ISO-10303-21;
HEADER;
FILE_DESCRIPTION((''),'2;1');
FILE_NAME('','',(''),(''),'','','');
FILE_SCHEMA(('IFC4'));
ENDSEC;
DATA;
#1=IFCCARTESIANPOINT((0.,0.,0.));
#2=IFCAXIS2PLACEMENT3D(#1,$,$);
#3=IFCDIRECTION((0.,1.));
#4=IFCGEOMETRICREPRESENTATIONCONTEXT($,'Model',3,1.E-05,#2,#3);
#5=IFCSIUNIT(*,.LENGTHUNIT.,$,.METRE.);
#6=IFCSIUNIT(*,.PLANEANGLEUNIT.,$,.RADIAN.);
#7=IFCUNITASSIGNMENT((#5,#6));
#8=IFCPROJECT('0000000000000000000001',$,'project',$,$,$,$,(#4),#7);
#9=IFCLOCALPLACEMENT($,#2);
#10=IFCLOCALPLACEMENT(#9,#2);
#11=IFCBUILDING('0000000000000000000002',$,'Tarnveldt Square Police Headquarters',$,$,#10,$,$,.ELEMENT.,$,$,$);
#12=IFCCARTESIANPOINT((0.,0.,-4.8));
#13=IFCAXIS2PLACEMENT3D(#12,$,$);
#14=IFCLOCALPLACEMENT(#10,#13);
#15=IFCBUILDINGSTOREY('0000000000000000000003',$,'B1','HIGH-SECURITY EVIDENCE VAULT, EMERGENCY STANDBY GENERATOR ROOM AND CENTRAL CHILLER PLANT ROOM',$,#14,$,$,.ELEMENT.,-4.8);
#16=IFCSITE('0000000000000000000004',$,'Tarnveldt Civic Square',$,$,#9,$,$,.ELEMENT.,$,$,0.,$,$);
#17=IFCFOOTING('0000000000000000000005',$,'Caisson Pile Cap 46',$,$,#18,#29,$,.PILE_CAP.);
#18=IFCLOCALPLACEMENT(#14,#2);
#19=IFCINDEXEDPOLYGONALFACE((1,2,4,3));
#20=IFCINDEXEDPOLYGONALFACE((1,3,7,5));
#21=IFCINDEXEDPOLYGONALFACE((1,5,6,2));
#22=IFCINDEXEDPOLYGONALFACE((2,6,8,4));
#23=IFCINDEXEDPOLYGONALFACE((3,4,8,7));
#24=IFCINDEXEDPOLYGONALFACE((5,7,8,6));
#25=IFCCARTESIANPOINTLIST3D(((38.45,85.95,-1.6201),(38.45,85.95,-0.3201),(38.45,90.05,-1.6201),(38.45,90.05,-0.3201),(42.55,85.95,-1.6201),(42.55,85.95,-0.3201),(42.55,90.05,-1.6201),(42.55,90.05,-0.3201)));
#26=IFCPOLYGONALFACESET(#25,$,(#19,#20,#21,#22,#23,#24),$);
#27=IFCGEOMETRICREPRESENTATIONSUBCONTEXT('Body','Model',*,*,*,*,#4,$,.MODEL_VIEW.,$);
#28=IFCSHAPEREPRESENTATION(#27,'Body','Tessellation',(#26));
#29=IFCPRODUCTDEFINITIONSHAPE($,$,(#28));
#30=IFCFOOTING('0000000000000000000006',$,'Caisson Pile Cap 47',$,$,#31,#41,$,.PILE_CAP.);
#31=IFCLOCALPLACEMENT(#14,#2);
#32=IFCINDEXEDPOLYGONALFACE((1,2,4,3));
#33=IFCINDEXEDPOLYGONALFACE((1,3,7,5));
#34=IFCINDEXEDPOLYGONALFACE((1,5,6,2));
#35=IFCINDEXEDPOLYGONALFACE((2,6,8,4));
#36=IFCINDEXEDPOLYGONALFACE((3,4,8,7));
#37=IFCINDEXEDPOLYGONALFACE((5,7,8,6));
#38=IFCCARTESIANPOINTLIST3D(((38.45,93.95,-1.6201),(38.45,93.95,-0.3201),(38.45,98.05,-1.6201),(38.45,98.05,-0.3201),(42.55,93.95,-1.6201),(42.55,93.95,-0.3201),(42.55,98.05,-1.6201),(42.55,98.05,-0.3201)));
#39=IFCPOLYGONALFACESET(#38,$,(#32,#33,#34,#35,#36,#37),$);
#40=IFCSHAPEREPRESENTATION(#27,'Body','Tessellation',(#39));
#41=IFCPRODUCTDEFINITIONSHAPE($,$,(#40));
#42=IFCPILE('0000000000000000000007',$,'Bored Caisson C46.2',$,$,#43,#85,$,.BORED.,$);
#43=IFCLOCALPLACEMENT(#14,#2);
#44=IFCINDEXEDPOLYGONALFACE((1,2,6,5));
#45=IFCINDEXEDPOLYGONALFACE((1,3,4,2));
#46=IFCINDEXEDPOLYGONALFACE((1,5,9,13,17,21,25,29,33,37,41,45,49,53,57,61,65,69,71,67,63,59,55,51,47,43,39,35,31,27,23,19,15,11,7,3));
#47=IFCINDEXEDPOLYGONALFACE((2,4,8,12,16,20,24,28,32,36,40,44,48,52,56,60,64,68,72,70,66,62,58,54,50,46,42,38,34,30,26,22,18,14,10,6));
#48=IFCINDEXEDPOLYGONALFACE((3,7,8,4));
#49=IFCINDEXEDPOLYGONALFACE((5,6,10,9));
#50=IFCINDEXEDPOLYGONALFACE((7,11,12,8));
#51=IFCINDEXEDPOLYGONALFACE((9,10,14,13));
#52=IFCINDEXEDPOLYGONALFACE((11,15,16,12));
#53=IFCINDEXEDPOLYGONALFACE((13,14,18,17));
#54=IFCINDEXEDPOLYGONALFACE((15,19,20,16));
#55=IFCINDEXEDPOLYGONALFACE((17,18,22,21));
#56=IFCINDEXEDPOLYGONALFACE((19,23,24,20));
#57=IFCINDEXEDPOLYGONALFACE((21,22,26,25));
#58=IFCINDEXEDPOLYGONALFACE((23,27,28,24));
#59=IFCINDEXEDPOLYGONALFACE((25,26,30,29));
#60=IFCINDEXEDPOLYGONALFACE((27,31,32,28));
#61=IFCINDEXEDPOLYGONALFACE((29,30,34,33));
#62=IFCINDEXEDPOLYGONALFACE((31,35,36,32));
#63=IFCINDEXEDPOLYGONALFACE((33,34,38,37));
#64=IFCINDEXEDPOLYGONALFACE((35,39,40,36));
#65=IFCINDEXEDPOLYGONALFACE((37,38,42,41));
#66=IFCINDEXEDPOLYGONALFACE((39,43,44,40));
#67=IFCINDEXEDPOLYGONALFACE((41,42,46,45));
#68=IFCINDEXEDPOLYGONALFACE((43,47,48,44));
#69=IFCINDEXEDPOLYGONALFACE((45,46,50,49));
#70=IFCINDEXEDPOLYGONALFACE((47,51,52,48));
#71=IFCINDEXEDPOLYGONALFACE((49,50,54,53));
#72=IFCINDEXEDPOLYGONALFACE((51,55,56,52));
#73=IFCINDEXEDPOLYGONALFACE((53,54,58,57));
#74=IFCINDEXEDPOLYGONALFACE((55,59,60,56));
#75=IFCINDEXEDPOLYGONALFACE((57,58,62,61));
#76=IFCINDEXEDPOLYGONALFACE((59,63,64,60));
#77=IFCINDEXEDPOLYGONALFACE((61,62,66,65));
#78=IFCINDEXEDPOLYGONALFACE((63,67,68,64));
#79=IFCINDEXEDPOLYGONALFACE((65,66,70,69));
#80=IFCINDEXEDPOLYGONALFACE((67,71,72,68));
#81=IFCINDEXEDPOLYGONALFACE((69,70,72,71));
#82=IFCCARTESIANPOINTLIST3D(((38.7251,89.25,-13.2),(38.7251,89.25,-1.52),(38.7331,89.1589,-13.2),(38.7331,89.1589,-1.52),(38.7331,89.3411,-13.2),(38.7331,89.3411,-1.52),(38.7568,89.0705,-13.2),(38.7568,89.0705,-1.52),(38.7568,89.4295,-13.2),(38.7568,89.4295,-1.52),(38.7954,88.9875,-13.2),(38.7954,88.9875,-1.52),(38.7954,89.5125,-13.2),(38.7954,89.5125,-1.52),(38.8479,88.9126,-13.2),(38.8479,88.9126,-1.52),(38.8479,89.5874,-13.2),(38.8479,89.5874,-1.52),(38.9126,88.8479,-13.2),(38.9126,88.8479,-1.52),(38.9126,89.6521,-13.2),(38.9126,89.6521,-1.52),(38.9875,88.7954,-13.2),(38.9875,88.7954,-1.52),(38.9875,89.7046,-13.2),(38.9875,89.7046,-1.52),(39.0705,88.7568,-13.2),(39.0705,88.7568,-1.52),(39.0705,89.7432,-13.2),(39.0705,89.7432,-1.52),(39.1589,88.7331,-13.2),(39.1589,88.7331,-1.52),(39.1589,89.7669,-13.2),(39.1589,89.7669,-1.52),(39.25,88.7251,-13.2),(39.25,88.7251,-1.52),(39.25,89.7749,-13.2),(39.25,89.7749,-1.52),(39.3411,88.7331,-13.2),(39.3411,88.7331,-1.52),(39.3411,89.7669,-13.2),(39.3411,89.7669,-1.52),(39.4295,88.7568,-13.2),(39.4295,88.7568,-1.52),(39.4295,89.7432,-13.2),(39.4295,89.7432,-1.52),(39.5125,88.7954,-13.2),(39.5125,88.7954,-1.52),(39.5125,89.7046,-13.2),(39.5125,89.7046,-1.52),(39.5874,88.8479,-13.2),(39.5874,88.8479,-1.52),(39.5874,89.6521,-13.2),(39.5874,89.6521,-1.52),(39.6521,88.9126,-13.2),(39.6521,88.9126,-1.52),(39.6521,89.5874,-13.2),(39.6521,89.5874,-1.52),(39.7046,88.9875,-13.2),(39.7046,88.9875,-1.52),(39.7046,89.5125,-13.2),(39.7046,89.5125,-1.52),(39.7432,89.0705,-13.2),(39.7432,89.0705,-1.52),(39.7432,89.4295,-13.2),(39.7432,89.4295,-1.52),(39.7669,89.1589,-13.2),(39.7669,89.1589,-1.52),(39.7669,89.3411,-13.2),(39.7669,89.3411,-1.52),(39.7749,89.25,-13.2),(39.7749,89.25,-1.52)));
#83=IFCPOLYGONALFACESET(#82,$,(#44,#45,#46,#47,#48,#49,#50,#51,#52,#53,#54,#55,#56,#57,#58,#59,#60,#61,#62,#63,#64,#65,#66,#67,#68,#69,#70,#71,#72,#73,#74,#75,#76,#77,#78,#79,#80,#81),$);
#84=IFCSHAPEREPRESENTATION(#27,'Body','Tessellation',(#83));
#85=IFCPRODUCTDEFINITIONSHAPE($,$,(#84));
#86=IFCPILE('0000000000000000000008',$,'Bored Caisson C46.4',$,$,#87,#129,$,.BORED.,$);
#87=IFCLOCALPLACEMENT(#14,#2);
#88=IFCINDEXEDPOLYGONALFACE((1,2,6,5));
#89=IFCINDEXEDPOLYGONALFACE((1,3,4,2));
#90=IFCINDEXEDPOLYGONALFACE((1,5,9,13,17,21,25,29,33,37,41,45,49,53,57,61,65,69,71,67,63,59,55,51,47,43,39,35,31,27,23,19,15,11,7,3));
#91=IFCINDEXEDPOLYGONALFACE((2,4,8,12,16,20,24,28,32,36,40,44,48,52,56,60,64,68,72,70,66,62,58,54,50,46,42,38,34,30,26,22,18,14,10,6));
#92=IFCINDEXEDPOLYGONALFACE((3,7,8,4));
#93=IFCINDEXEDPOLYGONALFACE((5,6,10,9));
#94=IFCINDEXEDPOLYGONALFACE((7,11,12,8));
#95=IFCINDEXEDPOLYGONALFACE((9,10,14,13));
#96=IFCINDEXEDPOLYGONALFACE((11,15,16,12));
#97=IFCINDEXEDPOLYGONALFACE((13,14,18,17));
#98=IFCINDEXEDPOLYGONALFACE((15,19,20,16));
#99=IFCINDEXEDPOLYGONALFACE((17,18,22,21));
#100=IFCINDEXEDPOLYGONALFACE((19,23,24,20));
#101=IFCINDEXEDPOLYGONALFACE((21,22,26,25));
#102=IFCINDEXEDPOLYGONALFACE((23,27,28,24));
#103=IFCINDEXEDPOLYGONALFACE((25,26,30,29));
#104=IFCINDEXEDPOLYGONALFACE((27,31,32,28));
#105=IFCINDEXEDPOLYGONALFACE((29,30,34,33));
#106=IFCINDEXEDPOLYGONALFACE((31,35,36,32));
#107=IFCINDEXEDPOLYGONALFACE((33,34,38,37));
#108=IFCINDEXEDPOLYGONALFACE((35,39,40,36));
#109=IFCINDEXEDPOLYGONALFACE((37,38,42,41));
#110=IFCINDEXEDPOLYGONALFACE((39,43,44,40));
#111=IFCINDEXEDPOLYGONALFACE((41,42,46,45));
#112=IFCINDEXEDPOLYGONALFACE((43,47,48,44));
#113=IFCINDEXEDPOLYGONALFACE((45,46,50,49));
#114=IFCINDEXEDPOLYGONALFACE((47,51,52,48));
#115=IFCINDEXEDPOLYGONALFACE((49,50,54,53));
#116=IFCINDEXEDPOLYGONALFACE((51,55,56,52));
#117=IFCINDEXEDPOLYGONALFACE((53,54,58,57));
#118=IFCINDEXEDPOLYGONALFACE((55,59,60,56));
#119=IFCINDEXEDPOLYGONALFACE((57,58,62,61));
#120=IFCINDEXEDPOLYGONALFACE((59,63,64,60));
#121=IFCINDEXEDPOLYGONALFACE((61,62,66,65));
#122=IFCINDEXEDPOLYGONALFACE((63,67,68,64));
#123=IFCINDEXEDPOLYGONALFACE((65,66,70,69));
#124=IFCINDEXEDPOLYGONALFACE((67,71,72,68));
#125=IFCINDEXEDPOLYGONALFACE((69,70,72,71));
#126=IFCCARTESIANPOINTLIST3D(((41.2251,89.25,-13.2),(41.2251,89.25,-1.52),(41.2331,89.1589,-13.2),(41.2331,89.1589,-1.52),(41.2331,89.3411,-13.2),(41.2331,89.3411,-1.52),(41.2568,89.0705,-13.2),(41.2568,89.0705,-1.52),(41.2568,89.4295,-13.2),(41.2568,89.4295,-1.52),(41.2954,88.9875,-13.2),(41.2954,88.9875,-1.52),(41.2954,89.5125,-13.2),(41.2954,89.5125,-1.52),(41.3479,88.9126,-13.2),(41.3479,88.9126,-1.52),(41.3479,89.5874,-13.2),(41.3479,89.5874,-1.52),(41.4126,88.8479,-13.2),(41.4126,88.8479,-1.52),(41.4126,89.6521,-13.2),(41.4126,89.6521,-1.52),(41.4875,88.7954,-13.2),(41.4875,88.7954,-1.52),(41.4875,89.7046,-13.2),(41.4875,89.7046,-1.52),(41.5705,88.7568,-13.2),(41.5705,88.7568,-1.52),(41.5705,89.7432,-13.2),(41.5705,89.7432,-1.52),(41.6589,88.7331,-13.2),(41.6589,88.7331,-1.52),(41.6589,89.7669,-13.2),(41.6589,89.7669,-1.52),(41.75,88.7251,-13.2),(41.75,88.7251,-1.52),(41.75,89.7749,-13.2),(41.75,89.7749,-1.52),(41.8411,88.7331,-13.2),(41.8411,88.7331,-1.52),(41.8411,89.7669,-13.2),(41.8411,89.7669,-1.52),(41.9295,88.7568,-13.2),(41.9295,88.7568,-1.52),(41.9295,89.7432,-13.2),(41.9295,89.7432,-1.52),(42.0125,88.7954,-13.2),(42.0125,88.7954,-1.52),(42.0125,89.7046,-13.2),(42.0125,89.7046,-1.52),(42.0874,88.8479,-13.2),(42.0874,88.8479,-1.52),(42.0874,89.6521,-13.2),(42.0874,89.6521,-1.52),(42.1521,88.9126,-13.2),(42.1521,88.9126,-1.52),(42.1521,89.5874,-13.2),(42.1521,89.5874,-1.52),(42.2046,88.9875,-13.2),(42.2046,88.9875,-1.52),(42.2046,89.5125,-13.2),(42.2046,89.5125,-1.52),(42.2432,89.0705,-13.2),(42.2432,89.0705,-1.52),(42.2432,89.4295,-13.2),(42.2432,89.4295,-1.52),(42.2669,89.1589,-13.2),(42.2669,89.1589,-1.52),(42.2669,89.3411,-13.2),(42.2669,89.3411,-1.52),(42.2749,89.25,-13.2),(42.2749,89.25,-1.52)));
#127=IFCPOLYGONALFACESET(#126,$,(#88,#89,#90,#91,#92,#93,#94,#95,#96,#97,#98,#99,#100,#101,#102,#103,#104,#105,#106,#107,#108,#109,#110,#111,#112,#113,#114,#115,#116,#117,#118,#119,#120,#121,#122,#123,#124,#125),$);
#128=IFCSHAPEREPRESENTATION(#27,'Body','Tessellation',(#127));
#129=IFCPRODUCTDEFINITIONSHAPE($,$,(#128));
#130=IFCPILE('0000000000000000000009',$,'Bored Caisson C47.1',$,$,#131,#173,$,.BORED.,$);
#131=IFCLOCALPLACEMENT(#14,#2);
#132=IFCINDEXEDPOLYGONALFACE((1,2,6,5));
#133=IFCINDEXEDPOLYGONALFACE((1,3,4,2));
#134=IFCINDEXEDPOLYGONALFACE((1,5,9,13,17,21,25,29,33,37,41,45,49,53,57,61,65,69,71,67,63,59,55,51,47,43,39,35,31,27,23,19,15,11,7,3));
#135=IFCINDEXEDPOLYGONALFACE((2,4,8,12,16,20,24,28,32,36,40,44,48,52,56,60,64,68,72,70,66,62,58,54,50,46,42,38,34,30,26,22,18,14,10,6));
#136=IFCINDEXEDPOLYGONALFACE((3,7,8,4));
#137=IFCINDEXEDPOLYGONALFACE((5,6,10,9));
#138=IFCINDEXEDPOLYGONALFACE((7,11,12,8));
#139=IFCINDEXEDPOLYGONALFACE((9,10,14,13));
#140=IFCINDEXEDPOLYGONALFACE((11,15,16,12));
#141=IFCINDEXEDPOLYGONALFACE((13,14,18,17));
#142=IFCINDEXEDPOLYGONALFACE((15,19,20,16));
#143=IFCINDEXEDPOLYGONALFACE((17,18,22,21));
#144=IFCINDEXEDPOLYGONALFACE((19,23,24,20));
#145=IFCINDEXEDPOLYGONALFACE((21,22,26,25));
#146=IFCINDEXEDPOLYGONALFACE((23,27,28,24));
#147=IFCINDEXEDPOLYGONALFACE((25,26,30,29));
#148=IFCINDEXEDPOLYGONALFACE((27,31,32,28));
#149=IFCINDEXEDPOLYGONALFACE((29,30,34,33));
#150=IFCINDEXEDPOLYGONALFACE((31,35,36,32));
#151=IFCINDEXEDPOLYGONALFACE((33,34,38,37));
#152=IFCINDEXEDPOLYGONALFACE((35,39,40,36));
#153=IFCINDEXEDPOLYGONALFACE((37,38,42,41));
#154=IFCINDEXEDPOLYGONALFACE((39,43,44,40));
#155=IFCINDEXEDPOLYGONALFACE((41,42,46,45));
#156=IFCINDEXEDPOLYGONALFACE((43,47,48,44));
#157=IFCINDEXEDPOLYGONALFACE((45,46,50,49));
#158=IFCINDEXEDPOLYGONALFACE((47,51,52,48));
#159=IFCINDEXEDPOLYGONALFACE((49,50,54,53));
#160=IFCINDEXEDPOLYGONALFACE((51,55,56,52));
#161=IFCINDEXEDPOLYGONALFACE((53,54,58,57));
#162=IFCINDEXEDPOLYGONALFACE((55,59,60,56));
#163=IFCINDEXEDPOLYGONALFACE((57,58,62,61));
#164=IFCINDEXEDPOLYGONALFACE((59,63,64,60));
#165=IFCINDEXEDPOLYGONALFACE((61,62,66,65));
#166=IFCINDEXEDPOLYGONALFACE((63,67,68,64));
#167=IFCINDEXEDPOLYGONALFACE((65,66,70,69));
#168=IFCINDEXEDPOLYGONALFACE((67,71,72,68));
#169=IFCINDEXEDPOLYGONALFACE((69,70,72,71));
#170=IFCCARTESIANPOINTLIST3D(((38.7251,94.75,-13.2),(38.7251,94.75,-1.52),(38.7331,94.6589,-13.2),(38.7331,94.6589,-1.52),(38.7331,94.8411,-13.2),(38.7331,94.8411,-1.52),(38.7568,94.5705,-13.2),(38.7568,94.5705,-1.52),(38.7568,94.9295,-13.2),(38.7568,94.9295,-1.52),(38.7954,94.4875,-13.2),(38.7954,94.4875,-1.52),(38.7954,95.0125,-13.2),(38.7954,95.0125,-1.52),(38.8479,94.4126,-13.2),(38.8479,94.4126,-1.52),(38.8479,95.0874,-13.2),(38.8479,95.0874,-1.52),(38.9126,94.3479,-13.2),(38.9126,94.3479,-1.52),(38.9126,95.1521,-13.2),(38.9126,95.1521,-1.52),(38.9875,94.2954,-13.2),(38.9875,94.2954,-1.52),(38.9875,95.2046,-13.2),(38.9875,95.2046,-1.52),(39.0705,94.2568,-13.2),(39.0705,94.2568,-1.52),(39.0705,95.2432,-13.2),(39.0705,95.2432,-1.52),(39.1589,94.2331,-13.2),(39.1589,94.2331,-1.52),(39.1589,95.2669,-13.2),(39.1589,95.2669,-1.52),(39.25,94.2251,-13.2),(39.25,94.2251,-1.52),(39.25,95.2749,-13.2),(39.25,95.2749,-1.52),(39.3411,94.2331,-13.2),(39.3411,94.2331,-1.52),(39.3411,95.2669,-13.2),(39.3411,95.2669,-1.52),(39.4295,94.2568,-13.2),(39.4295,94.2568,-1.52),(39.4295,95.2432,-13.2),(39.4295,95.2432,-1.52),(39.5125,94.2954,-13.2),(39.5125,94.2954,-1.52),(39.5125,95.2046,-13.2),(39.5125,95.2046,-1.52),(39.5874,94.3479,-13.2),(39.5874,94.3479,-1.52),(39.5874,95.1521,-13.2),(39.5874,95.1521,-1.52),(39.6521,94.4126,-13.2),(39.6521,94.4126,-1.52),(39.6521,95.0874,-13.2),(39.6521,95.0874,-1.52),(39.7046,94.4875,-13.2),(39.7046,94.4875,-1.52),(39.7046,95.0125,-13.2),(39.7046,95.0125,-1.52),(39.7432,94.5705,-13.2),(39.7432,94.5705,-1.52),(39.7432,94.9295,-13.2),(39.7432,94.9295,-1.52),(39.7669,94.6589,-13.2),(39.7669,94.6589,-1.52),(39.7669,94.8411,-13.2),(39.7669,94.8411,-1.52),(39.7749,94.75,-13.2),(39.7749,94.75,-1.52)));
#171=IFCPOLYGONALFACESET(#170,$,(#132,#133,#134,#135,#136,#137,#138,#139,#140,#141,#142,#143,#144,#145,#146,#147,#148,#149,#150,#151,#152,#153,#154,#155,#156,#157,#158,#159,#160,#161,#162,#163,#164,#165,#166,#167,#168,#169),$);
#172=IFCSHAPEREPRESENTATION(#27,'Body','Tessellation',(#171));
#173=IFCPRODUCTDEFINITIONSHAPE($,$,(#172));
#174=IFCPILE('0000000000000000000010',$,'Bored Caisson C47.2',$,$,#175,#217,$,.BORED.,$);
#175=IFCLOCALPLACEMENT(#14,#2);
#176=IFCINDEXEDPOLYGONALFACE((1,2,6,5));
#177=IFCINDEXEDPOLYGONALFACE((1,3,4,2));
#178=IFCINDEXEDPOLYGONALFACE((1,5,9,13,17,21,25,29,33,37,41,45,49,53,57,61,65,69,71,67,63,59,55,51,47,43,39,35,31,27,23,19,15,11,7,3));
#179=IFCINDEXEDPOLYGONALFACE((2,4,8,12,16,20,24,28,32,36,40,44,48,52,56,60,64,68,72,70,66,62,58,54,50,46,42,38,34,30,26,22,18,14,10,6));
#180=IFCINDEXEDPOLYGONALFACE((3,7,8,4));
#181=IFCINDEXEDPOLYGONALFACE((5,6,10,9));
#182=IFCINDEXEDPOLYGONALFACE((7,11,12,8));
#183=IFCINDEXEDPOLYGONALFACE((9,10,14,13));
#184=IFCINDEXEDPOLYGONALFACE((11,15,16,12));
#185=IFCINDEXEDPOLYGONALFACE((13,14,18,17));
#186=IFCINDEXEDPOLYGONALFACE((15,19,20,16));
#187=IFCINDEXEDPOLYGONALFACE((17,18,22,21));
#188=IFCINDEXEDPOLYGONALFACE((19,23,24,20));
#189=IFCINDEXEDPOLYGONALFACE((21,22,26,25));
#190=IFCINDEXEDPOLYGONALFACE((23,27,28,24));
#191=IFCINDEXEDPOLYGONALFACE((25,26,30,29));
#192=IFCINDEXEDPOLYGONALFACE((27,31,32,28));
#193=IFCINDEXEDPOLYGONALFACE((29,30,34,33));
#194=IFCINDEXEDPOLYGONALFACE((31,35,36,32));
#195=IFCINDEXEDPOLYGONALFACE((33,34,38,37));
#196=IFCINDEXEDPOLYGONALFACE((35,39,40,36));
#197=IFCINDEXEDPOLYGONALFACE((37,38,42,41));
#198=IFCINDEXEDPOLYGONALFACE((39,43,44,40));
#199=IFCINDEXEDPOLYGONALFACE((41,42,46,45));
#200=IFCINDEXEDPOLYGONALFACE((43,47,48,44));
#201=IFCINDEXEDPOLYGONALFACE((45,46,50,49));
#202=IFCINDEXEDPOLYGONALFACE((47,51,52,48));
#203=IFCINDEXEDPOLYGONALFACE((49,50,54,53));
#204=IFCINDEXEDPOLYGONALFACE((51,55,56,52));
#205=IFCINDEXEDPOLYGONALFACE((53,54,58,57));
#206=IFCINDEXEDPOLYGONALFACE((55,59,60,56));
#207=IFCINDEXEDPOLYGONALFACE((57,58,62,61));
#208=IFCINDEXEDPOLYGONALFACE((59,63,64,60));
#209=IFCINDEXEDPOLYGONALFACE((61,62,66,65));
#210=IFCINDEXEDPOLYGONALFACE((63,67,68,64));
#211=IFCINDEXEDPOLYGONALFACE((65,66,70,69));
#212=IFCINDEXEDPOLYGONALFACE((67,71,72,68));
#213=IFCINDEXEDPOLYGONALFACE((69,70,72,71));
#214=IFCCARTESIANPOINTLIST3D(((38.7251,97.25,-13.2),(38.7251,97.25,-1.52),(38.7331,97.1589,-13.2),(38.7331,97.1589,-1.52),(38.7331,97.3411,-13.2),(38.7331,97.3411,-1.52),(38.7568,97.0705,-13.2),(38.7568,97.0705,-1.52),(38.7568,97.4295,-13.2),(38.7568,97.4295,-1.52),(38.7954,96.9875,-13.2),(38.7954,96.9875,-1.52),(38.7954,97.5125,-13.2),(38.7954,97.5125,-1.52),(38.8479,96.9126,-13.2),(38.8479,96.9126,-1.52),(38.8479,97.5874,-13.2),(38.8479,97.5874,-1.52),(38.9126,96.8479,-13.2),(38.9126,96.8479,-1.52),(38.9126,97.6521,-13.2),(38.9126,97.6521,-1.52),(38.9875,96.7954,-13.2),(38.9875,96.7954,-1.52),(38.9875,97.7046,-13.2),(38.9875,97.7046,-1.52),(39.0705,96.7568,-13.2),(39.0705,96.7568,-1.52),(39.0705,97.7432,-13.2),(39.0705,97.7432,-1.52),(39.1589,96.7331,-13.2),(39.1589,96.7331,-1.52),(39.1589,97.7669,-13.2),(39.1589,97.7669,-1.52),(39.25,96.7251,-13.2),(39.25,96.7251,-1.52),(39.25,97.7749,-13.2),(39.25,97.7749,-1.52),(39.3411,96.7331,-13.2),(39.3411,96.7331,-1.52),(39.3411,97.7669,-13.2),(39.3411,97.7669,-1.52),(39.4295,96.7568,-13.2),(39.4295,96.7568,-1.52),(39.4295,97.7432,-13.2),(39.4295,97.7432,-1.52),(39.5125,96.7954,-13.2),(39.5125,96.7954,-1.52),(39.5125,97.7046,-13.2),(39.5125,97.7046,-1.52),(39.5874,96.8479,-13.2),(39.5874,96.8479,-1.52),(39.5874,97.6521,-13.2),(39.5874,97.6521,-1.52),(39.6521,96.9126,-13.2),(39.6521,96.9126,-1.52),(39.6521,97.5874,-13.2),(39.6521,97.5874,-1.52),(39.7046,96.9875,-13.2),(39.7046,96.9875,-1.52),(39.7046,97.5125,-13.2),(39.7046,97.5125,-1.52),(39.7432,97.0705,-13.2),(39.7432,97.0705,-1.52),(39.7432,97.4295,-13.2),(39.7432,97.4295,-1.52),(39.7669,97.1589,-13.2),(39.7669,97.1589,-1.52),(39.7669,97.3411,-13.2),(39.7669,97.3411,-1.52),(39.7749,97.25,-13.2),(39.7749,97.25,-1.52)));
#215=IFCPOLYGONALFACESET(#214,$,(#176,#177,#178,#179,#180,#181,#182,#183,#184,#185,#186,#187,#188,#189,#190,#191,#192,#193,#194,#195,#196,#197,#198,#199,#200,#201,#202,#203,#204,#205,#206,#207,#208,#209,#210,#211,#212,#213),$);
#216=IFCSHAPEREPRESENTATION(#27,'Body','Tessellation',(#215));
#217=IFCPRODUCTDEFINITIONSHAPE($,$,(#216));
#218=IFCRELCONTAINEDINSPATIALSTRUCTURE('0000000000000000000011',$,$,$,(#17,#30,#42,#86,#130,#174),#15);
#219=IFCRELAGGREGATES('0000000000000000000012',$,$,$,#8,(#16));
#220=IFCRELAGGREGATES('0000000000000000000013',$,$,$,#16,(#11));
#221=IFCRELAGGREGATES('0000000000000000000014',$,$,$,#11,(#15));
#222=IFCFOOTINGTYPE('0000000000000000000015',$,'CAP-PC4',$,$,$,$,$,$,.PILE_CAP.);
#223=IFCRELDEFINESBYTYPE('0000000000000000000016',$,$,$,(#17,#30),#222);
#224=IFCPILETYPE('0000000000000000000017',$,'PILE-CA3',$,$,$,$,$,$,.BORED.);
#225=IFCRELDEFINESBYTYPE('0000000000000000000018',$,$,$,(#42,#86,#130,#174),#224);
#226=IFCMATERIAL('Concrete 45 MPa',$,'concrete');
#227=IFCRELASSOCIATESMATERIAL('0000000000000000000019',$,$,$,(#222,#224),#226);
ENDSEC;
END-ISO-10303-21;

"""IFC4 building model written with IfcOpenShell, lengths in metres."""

from ifc_helpers import new_model, si_unit, direction, frame, origin, origin_2d, place, context, subcontext, project, spatial, rectangle, circle, extrude, material, material_profile, profile_set, type_object, element, save


model = new_model("IFC4")

# Units and contexts
model_context = context("Model", 3, precision=1e-05, world=origin(), true_north=direction((0.0, 1.0)))
body_context = subcontext(model_context, "Body", "Model", "MODEL_VIEW")
ifc_project = project(units=[si_unit("LENGTHUNIT", "METRE"), si_unit("PLANEANGLEUNIT", "RADIAN")], contexts=[model_context])

# Site, building, storey
site_placement = place(None, origin())
site = spatial("IfcSite", under=ifc_project, at=site_placement, Name="Tarnveldt Civic Square", CompositionType="ELEMENT", RefElevation=0.0)
building_placement = place(site_placement, origin())
building = spatial("IfcBuilding", under=site, at=building_placement, Name="Tarnveldt Square Police Headquarters", CompositionType="ELEMENT")
storey_placement = place(building_placement, frame((0.0, 0.0, -4.8)))
storey = spatial("IfcBuildingStorey", under=building, at=storey_placement, Name="B1", Description="HIGH-SECURITY EVIDENCE VAULT, EMERGENCY STANDBY GENERATOR ROOM AND CENTRAL CHILLER PLANT ROOM", CompositionType="ELEMENT", Elevation=-4.8)

# Footings
ifc_material_1 = material(Name="Concrete 45 MPa", Category="concrete")
footing_type = type_object("IfcFootingType", Name="CAP-PC4", PredefinedType="PILE_CAP", material=ifc_material_1)
for number, where, z_axis, x_axis, name in (
    (1, (40.5, 88.0, -1.6201), (0.0, 0.0, 1.0), (1.0, 0.0, 0.0), "Caisson Pile Cap 46"),
    (2, (40.5, 96.0, -1.6201), (0.0, 0.0, 1.0), (1.0, 0.0, 0.0), "Caisson Pile Cap 47"),
):
    element("IfcFooting", number, at=place(storey_placement, frame(where, z_axis=z_axis, x_axis=x_axis)), inside=storey, type_object=footing_type, Name=name, PredefinedType="PILE_CAP", context=body_context, shape_type="SweptSolid", body=[
        extrude(rectangle(XDim=4.1001, YDim=4.1001, at=origin_2d()), origin(), (0.0, 0.0, 1.0), 1.3),
    ])

# Piles
ifc_material_profile_1 = material_profile(ifc_material_1, circle(Radius=0.5249, at=origin_2d()), Name="CAISSON-D1050")
ifc_profile_set_1 = profile_set([ifc_material_profile_1], Name="Concrete 45 MPa")
pile_type = type_object("IfcPileType", Name="PILE-CA3", PredefinedType="BORED", material=ifc_profile_set_1)
for number, where, z_axis, x_axis, name in (
    (3, (39.25, 89.25, -1.52), (0.0, 0.0, -1.0), (1.0, 0.0, 0.0), "Bored Caisson C46.2"),
    (4, (41.75, 89.25, -1.52), (0.0, 0.0, -1.0), (1.0, 0.0, 0.0), "Bored Caisson C46.4"),
    (5, (39.25, 94.75, -1.52), (0.0, 0.0, -1.0), (1.0, 0.0, 0.0), "Bored Caisson C47.1"),
    (6, (39.25, 97.25, -1.52), (0.0, 0.0, -1.0), (1.0, 0.0, 0.0), "Bored Caisson C47.2"),
):
    element("IfcPile", number, at=place(storey_placement, frame(where, z_axis=z_axis, x_axis=x_axis)), inside=storey, type_object=pile_type, Name=name, PredefinedType="BORED", context=body_context, shape_type="SweptSolid", body=[
        extrude(circle(Radius=0.5249, at=origin_2d()), origin(), (0.0, 0.0, 1.0), 11.6799),
    ])

save(model, "model.ifc")
